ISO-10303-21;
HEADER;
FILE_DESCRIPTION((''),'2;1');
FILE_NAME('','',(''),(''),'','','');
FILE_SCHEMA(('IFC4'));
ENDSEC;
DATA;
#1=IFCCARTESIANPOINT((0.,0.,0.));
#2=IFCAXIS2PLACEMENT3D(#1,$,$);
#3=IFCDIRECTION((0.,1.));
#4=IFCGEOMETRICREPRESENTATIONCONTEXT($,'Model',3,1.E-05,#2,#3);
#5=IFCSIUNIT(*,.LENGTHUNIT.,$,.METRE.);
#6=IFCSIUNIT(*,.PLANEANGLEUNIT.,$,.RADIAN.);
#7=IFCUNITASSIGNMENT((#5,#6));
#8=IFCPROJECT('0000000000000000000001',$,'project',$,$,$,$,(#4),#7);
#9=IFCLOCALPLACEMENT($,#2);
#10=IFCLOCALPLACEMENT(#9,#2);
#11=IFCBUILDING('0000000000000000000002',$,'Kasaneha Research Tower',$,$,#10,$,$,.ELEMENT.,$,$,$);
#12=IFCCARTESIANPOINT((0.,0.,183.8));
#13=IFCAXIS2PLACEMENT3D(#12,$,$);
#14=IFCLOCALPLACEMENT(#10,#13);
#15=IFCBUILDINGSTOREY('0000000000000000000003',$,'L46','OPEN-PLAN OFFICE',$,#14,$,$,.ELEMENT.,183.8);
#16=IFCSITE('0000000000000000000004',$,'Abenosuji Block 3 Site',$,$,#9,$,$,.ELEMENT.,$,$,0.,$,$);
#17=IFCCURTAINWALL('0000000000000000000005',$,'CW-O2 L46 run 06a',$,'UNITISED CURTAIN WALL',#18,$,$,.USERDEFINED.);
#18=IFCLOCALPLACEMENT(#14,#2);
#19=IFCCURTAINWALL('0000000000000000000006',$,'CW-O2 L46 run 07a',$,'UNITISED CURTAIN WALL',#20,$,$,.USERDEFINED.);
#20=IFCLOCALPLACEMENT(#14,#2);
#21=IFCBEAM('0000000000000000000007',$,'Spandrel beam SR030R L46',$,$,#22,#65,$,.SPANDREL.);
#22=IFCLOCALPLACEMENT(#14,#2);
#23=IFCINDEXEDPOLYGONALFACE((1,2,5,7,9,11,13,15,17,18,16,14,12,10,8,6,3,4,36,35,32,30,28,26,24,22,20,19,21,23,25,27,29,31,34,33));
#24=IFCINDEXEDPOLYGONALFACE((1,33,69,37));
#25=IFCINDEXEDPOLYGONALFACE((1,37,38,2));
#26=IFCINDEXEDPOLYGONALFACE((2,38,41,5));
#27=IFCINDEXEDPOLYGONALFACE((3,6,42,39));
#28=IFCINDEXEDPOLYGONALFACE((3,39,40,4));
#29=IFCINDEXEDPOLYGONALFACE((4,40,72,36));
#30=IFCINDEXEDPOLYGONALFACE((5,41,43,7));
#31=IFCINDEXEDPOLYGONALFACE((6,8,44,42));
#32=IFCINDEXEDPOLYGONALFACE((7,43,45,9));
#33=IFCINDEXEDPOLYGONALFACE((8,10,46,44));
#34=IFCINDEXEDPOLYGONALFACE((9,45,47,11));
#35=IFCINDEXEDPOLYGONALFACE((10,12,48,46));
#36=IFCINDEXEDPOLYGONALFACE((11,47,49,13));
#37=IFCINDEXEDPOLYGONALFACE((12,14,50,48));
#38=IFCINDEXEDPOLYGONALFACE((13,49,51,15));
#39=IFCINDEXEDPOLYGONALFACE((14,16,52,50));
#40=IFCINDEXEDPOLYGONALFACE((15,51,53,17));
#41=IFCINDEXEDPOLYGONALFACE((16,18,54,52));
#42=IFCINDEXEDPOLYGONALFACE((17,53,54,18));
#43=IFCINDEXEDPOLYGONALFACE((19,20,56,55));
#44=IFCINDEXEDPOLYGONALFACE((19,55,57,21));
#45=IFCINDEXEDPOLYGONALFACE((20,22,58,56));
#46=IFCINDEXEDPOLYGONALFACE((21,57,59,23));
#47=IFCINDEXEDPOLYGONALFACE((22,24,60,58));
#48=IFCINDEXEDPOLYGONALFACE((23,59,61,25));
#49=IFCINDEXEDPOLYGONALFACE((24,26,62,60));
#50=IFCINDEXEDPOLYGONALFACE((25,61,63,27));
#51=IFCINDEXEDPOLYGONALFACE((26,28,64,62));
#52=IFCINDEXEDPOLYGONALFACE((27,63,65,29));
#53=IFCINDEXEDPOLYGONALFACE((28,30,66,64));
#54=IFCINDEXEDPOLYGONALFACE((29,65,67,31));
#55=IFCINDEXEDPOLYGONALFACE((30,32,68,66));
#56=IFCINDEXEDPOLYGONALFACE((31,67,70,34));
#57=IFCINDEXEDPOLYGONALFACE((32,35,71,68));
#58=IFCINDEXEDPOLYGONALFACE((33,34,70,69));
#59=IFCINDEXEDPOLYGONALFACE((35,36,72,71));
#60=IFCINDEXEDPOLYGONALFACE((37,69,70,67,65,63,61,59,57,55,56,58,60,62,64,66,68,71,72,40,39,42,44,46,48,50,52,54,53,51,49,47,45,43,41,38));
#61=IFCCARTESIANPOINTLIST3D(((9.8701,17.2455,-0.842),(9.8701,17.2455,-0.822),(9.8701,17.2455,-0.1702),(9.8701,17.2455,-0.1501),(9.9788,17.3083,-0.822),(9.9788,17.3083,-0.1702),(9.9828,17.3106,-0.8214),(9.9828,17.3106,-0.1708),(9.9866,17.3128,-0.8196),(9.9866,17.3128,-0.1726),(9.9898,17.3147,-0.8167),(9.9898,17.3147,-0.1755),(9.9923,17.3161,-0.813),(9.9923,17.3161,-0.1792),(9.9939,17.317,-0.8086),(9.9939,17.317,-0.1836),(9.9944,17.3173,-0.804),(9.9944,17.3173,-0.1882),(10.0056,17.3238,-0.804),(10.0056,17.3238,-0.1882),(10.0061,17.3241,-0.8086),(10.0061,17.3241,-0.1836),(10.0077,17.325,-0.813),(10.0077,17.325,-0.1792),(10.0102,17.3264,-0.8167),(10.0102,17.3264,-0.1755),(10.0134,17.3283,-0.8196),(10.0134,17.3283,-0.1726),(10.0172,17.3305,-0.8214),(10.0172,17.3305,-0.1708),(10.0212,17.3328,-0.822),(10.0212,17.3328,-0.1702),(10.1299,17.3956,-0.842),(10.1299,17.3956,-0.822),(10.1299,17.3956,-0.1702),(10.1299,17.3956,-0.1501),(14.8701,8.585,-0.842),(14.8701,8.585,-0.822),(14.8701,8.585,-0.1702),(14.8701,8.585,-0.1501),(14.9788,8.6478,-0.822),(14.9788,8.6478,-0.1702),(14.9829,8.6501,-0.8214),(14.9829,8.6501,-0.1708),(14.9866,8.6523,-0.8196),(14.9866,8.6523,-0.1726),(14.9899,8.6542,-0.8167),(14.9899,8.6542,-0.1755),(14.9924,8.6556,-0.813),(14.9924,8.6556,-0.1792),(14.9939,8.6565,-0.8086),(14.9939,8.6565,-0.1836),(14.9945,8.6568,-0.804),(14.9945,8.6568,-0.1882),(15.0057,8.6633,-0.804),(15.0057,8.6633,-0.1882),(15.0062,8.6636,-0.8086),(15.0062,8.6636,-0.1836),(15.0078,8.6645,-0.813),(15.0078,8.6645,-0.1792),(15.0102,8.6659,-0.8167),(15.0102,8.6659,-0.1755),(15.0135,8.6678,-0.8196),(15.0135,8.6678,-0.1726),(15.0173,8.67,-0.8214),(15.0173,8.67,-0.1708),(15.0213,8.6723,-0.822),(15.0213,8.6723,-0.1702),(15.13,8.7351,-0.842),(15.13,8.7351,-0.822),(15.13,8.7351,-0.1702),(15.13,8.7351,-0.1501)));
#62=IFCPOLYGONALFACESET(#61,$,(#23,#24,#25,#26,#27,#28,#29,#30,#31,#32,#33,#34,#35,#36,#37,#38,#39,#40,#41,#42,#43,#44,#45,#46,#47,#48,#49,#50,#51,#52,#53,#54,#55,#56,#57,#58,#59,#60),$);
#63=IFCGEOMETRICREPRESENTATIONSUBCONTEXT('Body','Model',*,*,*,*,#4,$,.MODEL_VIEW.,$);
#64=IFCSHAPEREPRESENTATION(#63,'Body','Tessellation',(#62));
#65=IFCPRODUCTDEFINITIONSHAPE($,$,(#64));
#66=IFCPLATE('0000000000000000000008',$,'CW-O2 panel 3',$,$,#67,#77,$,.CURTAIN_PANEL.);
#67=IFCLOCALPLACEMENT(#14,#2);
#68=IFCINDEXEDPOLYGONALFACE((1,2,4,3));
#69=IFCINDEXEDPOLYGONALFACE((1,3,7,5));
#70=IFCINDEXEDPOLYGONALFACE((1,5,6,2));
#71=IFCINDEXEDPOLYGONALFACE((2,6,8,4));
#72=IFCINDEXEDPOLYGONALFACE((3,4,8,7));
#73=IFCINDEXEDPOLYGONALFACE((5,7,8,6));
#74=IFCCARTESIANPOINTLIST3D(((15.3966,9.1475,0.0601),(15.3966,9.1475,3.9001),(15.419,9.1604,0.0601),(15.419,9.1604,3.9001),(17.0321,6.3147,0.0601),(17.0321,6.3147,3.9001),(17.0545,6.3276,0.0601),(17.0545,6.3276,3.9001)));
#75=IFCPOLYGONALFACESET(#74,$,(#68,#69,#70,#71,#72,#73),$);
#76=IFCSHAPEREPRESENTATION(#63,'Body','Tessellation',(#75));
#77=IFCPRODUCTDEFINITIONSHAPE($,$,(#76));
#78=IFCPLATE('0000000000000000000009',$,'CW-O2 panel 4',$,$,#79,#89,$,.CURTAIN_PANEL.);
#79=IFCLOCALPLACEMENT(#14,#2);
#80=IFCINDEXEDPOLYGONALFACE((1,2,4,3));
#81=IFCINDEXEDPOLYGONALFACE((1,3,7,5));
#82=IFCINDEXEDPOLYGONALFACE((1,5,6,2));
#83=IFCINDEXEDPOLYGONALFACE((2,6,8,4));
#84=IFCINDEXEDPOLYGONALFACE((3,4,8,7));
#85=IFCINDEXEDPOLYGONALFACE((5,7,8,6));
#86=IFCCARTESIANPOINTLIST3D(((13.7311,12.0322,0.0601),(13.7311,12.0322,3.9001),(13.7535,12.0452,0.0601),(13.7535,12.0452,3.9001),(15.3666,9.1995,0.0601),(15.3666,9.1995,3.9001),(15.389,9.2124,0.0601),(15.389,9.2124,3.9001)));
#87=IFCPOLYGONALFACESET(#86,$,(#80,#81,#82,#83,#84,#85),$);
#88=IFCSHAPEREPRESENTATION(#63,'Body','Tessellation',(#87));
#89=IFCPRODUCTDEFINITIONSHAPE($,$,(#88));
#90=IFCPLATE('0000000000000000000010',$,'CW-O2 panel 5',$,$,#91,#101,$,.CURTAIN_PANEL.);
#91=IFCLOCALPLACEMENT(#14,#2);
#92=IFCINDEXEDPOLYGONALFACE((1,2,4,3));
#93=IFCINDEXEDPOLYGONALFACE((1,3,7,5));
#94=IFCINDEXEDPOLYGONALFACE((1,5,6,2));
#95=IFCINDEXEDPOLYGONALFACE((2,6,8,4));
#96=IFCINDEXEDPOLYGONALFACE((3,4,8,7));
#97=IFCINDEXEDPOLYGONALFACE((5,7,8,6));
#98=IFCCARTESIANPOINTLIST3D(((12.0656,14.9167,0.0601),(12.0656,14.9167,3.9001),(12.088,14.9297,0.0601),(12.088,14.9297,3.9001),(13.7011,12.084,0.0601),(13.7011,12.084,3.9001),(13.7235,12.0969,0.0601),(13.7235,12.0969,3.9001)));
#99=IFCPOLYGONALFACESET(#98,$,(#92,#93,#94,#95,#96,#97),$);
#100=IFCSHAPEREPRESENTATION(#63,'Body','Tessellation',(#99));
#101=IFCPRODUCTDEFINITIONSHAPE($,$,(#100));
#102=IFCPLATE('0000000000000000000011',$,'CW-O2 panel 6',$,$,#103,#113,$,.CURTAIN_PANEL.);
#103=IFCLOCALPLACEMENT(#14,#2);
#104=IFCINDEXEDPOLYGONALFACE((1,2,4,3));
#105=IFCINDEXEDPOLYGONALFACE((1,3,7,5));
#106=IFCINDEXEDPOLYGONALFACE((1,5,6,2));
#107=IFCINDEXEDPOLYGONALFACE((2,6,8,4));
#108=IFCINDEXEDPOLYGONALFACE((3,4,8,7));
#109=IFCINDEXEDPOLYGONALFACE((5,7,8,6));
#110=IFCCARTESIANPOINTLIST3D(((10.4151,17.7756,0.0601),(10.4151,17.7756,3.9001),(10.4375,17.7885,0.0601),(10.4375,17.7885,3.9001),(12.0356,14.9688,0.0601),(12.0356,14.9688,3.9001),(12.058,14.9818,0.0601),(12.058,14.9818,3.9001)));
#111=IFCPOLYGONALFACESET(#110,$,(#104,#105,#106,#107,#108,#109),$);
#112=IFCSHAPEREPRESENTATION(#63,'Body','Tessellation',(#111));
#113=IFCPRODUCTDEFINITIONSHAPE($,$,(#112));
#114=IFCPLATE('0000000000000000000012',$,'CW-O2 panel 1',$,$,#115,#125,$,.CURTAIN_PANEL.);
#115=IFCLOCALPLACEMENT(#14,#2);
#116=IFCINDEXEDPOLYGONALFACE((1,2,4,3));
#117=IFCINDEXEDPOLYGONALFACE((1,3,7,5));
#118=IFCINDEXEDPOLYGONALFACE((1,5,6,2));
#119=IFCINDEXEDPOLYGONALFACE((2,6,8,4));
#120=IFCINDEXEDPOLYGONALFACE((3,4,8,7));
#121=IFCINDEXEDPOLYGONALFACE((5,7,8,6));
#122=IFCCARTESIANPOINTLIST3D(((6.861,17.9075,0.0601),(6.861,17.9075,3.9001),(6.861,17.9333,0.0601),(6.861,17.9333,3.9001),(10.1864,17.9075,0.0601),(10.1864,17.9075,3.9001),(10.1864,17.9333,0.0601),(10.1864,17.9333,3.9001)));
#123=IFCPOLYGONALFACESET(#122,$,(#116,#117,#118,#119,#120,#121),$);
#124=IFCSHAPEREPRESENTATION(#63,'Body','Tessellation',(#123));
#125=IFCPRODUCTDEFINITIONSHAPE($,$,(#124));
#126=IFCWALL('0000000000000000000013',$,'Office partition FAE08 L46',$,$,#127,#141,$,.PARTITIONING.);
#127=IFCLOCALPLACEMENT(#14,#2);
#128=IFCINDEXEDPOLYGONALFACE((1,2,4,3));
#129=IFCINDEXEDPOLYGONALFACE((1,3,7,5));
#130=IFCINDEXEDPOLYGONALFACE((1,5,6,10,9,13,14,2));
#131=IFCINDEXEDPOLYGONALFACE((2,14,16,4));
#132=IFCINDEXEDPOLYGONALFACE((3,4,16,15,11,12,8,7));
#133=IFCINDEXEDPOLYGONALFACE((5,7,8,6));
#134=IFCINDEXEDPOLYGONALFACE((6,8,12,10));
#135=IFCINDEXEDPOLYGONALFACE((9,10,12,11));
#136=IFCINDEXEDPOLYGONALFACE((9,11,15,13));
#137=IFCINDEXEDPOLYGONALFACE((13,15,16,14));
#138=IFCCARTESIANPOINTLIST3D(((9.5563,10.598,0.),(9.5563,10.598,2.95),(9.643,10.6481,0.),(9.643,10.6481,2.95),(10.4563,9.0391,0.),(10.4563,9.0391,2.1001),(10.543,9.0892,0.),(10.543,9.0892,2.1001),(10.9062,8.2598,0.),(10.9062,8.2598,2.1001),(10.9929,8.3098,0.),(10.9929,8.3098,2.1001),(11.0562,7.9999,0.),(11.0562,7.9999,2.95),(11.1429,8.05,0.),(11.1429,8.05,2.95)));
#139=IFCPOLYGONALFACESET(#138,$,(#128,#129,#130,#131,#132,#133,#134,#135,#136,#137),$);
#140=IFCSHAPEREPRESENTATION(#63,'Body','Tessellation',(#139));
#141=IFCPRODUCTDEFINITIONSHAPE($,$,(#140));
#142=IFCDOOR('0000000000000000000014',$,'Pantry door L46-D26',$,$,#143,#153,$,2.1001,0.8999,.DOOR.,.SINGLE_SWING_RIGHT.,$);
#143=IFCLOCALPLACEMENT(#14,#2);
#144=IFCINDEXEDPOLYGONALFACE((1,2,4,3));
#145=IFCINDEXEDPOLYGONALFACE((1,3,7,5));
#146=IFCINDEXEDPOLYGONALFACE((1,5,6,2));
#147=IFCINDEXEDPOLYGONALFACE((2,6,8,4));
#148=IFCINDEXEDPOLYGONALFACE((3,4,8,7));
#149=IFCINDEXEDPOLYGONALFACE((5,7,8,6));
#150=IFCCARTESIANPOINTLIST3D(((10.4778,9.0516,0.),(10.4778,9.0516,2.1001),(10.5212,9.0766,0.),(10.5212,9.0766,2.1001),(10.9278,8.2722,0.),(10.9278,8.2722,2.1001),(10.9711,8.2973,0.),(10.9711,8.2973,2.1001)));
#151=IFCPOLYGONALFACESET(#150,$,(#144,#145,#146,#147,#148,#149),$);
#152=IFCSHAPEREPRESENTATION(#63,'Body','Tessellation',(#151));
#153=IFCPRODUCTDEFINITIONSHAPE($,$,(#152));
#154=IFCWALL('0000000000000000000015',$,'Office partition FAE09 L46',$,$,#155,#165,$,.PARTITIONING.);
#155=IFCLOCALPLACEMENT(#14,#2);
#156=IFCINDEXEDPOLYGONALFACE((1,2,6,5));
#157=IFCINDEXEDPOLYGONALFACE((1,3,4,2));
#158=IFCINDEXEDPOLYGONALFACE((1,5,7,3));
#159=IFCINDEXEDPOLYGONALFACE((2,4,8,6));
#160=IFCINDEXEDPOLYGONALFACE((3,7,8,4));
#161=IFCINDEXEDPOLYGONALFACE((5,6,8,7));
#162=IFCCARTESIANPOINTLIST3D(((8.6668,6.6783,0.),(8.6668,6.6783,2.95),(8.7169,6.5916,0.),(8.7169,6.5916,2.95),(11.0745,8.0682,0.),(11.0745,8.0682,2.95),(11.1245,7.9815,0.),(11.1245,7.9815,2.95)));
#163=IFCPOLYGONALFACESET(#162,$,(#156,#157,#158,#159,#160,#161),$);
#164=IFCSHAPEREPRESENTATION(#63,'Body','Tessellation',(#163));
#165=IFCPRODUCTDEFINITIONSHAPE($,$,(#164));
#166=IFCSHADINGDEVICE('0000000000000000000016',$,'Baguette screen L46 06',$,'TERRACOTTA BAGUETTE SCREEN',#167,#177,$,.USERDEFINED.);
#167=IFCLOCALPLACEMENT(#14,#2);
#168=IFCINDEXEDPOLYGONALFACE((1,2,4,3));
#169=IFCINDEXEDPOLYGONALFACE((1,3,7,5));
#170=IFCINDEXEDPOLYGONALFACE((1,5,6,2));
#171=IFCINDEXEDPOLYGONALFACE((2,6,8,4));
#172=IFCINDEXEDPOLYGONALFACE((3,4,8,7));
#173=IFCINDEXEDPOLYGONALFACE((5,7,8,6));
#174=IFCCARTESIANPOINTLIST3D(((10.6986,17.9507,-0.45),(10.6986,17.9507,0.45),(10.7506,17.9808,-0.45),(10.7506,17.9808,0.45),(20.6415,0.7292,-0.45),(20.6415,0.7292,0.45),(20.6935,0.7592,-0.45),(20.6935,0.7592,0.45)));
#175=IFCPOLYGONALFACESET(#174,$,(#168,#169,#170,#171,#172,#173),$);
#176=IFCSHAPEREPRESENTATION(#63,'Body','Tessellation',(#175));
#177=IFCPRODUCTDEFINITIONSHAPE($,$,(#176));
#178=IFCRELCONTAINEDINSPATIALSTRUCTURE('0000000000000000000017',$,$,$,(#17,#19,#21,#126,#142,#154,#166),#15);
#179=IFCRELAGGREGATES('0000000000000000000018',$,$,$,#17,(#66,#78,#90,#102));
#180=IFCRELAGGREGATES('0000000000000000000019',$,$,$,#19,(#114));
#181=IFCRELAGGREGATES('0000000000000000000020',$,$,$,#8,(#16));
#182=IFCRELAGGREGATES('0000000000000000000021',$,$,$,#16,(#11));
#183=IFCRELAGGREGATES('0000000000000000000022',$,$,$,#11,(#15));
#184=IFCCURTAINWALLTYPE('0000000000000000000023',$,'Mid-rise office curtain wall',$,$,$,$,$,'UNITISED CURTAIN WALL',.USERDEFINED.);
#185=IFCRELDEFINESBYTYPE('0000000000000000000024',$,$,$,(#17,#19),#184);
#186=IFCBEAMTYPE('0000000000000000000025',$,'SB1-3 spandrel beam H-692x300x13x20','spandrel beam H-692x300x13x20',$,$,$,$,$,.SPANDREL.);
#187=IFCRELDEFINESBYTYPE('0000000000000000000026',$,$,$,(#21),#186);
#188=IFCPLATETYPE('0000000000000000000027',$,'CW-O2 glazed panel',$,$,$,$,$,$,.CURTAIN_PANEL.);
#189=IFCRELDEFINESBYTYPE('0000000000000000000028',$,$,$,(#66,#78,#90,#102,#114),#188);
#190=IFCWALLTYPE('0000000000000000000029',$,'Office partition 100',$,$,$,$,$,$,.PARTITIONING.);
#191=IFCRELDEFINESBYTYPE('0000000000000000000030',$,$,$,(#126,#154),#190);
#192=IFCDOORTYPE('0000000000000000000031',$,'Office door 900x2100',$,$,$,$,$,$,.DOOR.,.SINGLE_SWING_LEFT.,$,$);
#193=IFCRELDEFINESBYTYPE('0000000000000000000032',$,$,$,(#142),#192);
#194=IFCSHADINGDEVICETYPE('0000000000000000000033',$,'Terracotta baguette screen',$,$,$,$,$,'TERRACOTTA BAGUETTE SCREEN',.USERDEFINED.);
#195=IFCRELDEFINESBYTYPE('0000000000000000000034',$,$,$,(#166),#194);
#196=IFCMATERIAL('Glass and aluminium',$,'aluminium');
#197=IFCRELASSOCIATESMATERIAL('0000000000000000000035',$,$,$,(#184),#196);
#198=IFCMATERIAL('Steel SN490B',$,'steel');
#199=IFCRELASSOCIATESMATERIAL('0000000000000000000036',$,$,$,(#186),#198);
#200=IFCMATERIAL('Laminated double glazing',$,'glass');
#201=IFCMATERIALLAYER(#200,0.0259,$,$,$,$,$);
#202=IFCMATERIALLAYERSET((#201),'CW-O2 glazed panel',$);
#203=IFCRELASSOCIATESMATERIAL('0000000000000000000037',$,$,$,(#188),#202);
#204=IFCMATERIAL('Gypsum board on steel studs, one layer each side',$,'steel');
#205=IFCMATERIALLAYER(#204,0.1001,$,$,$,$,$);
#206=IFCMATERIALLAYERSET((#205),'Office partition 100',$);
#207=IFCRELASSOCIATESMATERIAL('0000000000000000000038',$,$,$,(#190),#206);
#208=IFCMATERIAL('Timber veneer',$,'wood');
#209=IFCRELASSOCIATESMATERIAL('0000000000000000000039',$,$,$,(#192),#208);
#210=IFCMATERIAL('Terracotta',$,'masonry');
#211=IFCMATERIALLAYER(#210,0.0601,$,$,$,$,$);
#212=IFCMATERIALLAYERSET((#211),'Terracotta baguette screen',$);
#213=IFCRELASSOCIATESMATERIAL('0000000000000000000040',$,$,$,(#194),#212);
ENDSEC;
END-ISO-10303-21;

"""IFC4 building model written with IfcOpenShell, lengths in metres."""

from ifc_helpers import new_model, si_unit, direction, frame, frame_2d, origin, origin_2d, place, context, subcontext, project, spatial, rectangle, i_section, extrude, material, layer, layer_set, material_profile, profile_set, type_object, element, fill, aggregate, save


model = new_model("IFC4")

# Units and contexts
model_context = context("Model", 3, precision=1e-05, world=origin(), true_north=direction((0.0, 1.0)))
body_context = subcontext(model_context, "Body", "Model", "MODEL_VIEW")
ifc_project = project(units=[si_unit("LENGTHUNIT", "METRE"), si_unit("PLANEANGLEUNIT", "RADIAN")], contexts=[model_context])

# Site, building, storey
site_placement = place(None, origin())
site = spatial("IfcSite", under=ifc_project, at=site_placement, Name="Abenosuji Block 3 Site", CompositionType="ELEMENT", RefElevation=0.0)
building_placement = place(site_placement, origin())
building = spatial("IfcBuilding", under=site, at=building_placement, Name="Kasaneha Research Tower", CompositionType="ELEMENT")
storey_placement = place(building_placement, frame((0.0, 0.0, 183.8)))
storey = spatial("IfcBuildingStorey", under=building, at=storey_placement, Name="L46", Description="OPEN-PLAN OFFICE", CompositionType="ELEMENT", Elevation=183.8)

# Curtain wall
ifc_material_1 = material(Name="Glass and aluminium", Category="aluminium")
curtain_wall_type = type_object("IfcCurtainWallType", Name="Mid-rise office curtain wall", ElementType="UNITISED CURTAIN WALL", PredefinedType="USERDEFINED", material=ifc_material_1)
curtain_wall_1_placement = place(storey_placement, origin())
curtain_wall_1 = element("IfcCurtainWall", 1, at=curtain_wall_1_placement, inside=storey, type_object=curtain_wall_type, Name="CW-O2 L46 run 06a", ObjectType="UNITISED CURTAIN WALL", PredefinedType="USERDEFINED")

# Curtain wall
curtain_wall_2_placement = place(storey_placement, origin())
curtain_wall_2 = element("IfcCurtainWall", 2, at=curtain_wall_2_placement, inside=storey, type_object=curtain_wall_type, Name="CW-O2 L46 run 07a", ObjectType="UNITISED CURTAIN WALL", PredefinedType="USERDEFINED")

# Beam
ifc_material_2 = material(Name="Steel SN490B", Category="steel")
ifc_material_profile_1 = material_profile(ifc_material_2, i_section(OverallWidth=0.3, OverallDepth=0.6919, WebThickness=0.0129, FlangeThickness=0.02, FilletRadius=0.0181, at=origin_2d()), Name="H-692x300x13x20")
ifc_profile_set_1 = profile_set([ifc_material_profile_1], Name="Steel SN490B")
beam_type_1 = type_object("IfcBeamType", Name="SB1-3 spandrel beam H-692x300x13x20", Description="spandrel beam H-692x300x13x20", PredefinedType="SPANDREL", material=ifc_profile_set_1)
beam_1_placement = place(storey_placement, frame((10.0, 17.3206, -0.4961), z_axis=(0.499994, -0.866029, 0.0), x_axis=(0.866029, 0.499994, 0.0)))
element("IfcBeam", 3, at=beam_1_placement, inside=storey, type_object=beam_type_1, Name="Spandrel beam SR030R L46", PredefinedType="SPANDREL", context=body_context, shape_type="SweptSolid", body=[
    extrude(i_section(OverallWidth=0.3, OverallDepth=0.6919, WebThickness=0.0129, FlangeThickness=0.02, FilletRadius=0.0181, at=origin_2d()), origin(), (0.0, 0.0, 1.0), 10.0002),
])

# Plates
ifc_material_3 = material(Name="Laminated double glazing", Category="glass")
ifc_layer_1 = layer(ifc_material_3, 0.0259)
ifc_layer_set_1 = layer_set([ifc_layer_1], Name="CW-O2 glazed panel")
plate_type = type_object("IfcPlateType", Name="CW-O2 glazed panel", PredefinedType="CURTAIN_PANEL", material=ifc_layer_set_1)
plate_1_placement = place(storey_placement, frame((16.2256, 7.7375, 0.0601), z_axis=(0.0, 0.0, 1.0), x_axis=(-0.5, 0.866025, 0.0)))
plate_1 = element("IfcPlate", 4, at=plate_1_placement, type_object=plate_type, Name="CW-O2 panel 3", PredefinedType="CURTAIN_PANEL", context=body_context, shape_type="SweptSolid", body=[
    extrude(rectangle(XDim=3.271, YDim=0.0259, at=origin_2d()), origin(), (0.0, 0.0, 1.0), 3.8401),
])
plate_2_placement = place(storey_placement, frame((14.5601, 10.6223, 0.0601), z_axis=(0.0, 0.0, 1.0), x_axis=(-0.5, 0.866025, 0.0)))
plate_2 = element("IfcPlate", 5, at=plate_2_placement, type_object=plate_type, Name="CW-O2 panel 4", PredefinedType="CURTAIN_PANEL", context=body_context, shape_type="SweptSolid", body=[
    extrude(rectangle(XDim=3.271, YDim=0.0259, at=origin_2d()), origin(), (0.0, 0.0, 1.0), 3.8401),
])
plate_3_placement = place(storey_placement, frame((12.8945, 13.5068, 0.0601), z_axis=(0.0, 0.0, 1.0), x_axis=(-0.5, 0.866025, 0.0)))
plate_3 = element("IfcPlate", 6, at=plate_3_placement, type_object=plate_type, Name="CW-O2 panel 5", PredefinedType="CURTAIN_PANEL", context=body_context, shape_type="SweptSolid", body=[
    extrude(rectangle(XDim=3.271, YDim=0.0259, at=origin_2d()), origin(), (0.0, 0.0, 1.0), 3.8401),
])
plate_4_placement = place(storey_placement, frame((11.2366, 16.3787, 0.0601), z_axis=(0.0, 0.0, 1.0), x_axis=(-0.5, 0.866025, 0.0)))
plate_4 = element("IfcPlate", 7, at=plate_4_placement, type_object=plate_type, Name="CW-O2 panel 6", PredefinedType="CURTAIN_PANEL", context=body_context, shape_type="SweptSolid", body=[
    extrude(rectangle(XDim=3.241, YDim=0.0259, at=origin_2d()), origin(), (0.0, 0.0, 1.0), 3.8401),
])
aggregate(curtain_wall_1, [plate_1, plate_2, plate_3, plate_4])
plate_5_placement = place(storey_placement, frame((8.5237, 17.9204, 0.0601), z_axis=(0.0, 0.0, 1.0), x_axis=(-1.0, 0.0, 0.0)))
plate_5 = element("IfcPlate", 8, at=plate_5_placement, type_object=plate_type, Name="CW-O2 panel 1", PredefinedType="CURTAIN_PANEL", context=body_context, shape_type="SweptSolid", body=[
    extrude(rectangle(XDim=3.3254, YDim=0.0259, at=origin_2d()), origin(), (0.0, 0.0, 1.0), 3.8401),
])
aggregate(curtain_wall_2, [plate_5])

# Wall, opening, door
ifc_material_4 = material(Name="Gypsum board on steel studs, one layer each side", Category="steel")
ifc_layer_2 = layer(ifc_material_4, 0.1001)
ifc_layer_set_2 = layer_set([ifc_layer_2], Name="Office partition 100")
wall_type = type_object("IfcWallType", Name="Office partition 100", PredefinedType="PARTITIONING", material=ifc_layer_set_2)
wall_1_placement = place(storey_placement, frame((9.5996, 10.623, 0.0), z_axis=(0.0, 0.0, 1.0), x_axis=(0.49999, -0.866031, 0.0)))
wall_1 = element("IfcWall", 9, at=wall_1_placement, inside=storey, type_object=wall_type, Name="Office partition FAE08 L46", PredefinedType="PARTITIONING", context=body_context, shape_type="SweptSolid", body=[
    extrude(rectangle(XDim=3.0, YDim=0.1001, at=frame_2d((1.5, 0.0))), origin(), (0.0, 0.0, 1.0), 2.95),
])
opening_placement = place(wall_1_placement, frame((1.8, 0.0, 0.0)))
opening = element("IfcOpeningElement", 10, at=opening_placement, cuts=wall_1, PredefinedType="OPENING", context=body_context, shape_type="SweptSolid", body=[
    extrude(rectangle(XDim=0.8999, YDim=2.1001, at=frame_2d((0.45, 1.05))), frame((0.0, 0.0601, 0.0), z_axis=(0.0, -1.0, 0.0), x_axis=(1.0, 0.0, 0.0)), (0.0, 0.0, 1.0), 0.1201),
])
ifc_material_5 = material(Name="Timber veneer", Category="wood")
door_type = type_object("IfcDoorType", Name="Office door 900x2100", OperationType="SINGLE_SWING_LEFT", PredefinedType="DOOR", material=ifc_material_5)
door_placement = place(opening_placement, origin())
door = element("IfcDoor", 11, at=door_placement, inside=storey, type_object=door_type, Name="Pantry door L46-D26", OperationType="SINGLE_SWING_RIGHT", OverallHeight=2.1001, OverallWidth=0.8999, PredefinedType="DOOR", context=body_context, shape_type="SweptSolid", body=[
    extrude(rectangle(XDim=0.8999, YDim=2.1001, at=frame_2d((0.45, 1.05))), frame((0.0, 0.0249, 0.0), z_axis=(0.0, -1.0, 0.0), x_axis=(1.0, 0.0, 0.0)), (0.0, 0.0, 1.0), 0.05),
])
fill(opening, door)

# Wall
wall_2_placement = place(storey_placement, frame((11.0996, 8.0249, 0.0), z_axis=(0.0, 0.0, 1.0), x_axis=(-0.866057, -0.499945, 0.0)))
element("IfcWall", 12, at=wall_2_placement, inside=storey, type_object=wall_type, Name="Office partition FAE09 L46", PredefinedType="PARTITIONING", context=body_context, shape_type="SweptSolid", body=[
    extrude(rectangle(XDim=2.78, YDim=0.1001, at=frame_2d((1.3901, 0.0))), origin(), (0.0, 0.0, 1.0), 2.95),
])

# Shading device
ifc_material_6 = material(Name="Terracotta", Category="masonry")
ifc_layer_3 = layer(ifc_material_6, 0.0601)
ifc_layer_set_3 = layer_set([ifc_layer_3], Name="Terracotta baguette screen")
shading_device_type = type_object("IfcShadingDeviceType", Name="Terracotta baguette screen", ElementType="TERRACOTTA BAGUETTE SCREEN", PredefinedType="USERDEFINED", material=ifc_layer_set_3)
shading_device_placement = place(storey_placement, frame((15.696, 9.355, -0.45), z_axis=(0.0, 0.0, 1.0), x_axis=(-0.5, 0.866025, 0.0)))
element("IfcShadingDevice", 13, at=shading_device_placement, inside=storey, type_object=shading_device_type, Name="Baguette screen L46 06", ObjectType="TERRACOTTA BAGUETTE SCREEN", PredefinedType="USERDEFINED", context=body_context, shape_type="SweptSolid", body=[
    extrude(rectangle(XDim=19.8857, YDim=0.0601, at=origin_2d()), origin(), (0.0, 0.0, 1.0), 0.8999),
])

save(model, "model.ifc")
